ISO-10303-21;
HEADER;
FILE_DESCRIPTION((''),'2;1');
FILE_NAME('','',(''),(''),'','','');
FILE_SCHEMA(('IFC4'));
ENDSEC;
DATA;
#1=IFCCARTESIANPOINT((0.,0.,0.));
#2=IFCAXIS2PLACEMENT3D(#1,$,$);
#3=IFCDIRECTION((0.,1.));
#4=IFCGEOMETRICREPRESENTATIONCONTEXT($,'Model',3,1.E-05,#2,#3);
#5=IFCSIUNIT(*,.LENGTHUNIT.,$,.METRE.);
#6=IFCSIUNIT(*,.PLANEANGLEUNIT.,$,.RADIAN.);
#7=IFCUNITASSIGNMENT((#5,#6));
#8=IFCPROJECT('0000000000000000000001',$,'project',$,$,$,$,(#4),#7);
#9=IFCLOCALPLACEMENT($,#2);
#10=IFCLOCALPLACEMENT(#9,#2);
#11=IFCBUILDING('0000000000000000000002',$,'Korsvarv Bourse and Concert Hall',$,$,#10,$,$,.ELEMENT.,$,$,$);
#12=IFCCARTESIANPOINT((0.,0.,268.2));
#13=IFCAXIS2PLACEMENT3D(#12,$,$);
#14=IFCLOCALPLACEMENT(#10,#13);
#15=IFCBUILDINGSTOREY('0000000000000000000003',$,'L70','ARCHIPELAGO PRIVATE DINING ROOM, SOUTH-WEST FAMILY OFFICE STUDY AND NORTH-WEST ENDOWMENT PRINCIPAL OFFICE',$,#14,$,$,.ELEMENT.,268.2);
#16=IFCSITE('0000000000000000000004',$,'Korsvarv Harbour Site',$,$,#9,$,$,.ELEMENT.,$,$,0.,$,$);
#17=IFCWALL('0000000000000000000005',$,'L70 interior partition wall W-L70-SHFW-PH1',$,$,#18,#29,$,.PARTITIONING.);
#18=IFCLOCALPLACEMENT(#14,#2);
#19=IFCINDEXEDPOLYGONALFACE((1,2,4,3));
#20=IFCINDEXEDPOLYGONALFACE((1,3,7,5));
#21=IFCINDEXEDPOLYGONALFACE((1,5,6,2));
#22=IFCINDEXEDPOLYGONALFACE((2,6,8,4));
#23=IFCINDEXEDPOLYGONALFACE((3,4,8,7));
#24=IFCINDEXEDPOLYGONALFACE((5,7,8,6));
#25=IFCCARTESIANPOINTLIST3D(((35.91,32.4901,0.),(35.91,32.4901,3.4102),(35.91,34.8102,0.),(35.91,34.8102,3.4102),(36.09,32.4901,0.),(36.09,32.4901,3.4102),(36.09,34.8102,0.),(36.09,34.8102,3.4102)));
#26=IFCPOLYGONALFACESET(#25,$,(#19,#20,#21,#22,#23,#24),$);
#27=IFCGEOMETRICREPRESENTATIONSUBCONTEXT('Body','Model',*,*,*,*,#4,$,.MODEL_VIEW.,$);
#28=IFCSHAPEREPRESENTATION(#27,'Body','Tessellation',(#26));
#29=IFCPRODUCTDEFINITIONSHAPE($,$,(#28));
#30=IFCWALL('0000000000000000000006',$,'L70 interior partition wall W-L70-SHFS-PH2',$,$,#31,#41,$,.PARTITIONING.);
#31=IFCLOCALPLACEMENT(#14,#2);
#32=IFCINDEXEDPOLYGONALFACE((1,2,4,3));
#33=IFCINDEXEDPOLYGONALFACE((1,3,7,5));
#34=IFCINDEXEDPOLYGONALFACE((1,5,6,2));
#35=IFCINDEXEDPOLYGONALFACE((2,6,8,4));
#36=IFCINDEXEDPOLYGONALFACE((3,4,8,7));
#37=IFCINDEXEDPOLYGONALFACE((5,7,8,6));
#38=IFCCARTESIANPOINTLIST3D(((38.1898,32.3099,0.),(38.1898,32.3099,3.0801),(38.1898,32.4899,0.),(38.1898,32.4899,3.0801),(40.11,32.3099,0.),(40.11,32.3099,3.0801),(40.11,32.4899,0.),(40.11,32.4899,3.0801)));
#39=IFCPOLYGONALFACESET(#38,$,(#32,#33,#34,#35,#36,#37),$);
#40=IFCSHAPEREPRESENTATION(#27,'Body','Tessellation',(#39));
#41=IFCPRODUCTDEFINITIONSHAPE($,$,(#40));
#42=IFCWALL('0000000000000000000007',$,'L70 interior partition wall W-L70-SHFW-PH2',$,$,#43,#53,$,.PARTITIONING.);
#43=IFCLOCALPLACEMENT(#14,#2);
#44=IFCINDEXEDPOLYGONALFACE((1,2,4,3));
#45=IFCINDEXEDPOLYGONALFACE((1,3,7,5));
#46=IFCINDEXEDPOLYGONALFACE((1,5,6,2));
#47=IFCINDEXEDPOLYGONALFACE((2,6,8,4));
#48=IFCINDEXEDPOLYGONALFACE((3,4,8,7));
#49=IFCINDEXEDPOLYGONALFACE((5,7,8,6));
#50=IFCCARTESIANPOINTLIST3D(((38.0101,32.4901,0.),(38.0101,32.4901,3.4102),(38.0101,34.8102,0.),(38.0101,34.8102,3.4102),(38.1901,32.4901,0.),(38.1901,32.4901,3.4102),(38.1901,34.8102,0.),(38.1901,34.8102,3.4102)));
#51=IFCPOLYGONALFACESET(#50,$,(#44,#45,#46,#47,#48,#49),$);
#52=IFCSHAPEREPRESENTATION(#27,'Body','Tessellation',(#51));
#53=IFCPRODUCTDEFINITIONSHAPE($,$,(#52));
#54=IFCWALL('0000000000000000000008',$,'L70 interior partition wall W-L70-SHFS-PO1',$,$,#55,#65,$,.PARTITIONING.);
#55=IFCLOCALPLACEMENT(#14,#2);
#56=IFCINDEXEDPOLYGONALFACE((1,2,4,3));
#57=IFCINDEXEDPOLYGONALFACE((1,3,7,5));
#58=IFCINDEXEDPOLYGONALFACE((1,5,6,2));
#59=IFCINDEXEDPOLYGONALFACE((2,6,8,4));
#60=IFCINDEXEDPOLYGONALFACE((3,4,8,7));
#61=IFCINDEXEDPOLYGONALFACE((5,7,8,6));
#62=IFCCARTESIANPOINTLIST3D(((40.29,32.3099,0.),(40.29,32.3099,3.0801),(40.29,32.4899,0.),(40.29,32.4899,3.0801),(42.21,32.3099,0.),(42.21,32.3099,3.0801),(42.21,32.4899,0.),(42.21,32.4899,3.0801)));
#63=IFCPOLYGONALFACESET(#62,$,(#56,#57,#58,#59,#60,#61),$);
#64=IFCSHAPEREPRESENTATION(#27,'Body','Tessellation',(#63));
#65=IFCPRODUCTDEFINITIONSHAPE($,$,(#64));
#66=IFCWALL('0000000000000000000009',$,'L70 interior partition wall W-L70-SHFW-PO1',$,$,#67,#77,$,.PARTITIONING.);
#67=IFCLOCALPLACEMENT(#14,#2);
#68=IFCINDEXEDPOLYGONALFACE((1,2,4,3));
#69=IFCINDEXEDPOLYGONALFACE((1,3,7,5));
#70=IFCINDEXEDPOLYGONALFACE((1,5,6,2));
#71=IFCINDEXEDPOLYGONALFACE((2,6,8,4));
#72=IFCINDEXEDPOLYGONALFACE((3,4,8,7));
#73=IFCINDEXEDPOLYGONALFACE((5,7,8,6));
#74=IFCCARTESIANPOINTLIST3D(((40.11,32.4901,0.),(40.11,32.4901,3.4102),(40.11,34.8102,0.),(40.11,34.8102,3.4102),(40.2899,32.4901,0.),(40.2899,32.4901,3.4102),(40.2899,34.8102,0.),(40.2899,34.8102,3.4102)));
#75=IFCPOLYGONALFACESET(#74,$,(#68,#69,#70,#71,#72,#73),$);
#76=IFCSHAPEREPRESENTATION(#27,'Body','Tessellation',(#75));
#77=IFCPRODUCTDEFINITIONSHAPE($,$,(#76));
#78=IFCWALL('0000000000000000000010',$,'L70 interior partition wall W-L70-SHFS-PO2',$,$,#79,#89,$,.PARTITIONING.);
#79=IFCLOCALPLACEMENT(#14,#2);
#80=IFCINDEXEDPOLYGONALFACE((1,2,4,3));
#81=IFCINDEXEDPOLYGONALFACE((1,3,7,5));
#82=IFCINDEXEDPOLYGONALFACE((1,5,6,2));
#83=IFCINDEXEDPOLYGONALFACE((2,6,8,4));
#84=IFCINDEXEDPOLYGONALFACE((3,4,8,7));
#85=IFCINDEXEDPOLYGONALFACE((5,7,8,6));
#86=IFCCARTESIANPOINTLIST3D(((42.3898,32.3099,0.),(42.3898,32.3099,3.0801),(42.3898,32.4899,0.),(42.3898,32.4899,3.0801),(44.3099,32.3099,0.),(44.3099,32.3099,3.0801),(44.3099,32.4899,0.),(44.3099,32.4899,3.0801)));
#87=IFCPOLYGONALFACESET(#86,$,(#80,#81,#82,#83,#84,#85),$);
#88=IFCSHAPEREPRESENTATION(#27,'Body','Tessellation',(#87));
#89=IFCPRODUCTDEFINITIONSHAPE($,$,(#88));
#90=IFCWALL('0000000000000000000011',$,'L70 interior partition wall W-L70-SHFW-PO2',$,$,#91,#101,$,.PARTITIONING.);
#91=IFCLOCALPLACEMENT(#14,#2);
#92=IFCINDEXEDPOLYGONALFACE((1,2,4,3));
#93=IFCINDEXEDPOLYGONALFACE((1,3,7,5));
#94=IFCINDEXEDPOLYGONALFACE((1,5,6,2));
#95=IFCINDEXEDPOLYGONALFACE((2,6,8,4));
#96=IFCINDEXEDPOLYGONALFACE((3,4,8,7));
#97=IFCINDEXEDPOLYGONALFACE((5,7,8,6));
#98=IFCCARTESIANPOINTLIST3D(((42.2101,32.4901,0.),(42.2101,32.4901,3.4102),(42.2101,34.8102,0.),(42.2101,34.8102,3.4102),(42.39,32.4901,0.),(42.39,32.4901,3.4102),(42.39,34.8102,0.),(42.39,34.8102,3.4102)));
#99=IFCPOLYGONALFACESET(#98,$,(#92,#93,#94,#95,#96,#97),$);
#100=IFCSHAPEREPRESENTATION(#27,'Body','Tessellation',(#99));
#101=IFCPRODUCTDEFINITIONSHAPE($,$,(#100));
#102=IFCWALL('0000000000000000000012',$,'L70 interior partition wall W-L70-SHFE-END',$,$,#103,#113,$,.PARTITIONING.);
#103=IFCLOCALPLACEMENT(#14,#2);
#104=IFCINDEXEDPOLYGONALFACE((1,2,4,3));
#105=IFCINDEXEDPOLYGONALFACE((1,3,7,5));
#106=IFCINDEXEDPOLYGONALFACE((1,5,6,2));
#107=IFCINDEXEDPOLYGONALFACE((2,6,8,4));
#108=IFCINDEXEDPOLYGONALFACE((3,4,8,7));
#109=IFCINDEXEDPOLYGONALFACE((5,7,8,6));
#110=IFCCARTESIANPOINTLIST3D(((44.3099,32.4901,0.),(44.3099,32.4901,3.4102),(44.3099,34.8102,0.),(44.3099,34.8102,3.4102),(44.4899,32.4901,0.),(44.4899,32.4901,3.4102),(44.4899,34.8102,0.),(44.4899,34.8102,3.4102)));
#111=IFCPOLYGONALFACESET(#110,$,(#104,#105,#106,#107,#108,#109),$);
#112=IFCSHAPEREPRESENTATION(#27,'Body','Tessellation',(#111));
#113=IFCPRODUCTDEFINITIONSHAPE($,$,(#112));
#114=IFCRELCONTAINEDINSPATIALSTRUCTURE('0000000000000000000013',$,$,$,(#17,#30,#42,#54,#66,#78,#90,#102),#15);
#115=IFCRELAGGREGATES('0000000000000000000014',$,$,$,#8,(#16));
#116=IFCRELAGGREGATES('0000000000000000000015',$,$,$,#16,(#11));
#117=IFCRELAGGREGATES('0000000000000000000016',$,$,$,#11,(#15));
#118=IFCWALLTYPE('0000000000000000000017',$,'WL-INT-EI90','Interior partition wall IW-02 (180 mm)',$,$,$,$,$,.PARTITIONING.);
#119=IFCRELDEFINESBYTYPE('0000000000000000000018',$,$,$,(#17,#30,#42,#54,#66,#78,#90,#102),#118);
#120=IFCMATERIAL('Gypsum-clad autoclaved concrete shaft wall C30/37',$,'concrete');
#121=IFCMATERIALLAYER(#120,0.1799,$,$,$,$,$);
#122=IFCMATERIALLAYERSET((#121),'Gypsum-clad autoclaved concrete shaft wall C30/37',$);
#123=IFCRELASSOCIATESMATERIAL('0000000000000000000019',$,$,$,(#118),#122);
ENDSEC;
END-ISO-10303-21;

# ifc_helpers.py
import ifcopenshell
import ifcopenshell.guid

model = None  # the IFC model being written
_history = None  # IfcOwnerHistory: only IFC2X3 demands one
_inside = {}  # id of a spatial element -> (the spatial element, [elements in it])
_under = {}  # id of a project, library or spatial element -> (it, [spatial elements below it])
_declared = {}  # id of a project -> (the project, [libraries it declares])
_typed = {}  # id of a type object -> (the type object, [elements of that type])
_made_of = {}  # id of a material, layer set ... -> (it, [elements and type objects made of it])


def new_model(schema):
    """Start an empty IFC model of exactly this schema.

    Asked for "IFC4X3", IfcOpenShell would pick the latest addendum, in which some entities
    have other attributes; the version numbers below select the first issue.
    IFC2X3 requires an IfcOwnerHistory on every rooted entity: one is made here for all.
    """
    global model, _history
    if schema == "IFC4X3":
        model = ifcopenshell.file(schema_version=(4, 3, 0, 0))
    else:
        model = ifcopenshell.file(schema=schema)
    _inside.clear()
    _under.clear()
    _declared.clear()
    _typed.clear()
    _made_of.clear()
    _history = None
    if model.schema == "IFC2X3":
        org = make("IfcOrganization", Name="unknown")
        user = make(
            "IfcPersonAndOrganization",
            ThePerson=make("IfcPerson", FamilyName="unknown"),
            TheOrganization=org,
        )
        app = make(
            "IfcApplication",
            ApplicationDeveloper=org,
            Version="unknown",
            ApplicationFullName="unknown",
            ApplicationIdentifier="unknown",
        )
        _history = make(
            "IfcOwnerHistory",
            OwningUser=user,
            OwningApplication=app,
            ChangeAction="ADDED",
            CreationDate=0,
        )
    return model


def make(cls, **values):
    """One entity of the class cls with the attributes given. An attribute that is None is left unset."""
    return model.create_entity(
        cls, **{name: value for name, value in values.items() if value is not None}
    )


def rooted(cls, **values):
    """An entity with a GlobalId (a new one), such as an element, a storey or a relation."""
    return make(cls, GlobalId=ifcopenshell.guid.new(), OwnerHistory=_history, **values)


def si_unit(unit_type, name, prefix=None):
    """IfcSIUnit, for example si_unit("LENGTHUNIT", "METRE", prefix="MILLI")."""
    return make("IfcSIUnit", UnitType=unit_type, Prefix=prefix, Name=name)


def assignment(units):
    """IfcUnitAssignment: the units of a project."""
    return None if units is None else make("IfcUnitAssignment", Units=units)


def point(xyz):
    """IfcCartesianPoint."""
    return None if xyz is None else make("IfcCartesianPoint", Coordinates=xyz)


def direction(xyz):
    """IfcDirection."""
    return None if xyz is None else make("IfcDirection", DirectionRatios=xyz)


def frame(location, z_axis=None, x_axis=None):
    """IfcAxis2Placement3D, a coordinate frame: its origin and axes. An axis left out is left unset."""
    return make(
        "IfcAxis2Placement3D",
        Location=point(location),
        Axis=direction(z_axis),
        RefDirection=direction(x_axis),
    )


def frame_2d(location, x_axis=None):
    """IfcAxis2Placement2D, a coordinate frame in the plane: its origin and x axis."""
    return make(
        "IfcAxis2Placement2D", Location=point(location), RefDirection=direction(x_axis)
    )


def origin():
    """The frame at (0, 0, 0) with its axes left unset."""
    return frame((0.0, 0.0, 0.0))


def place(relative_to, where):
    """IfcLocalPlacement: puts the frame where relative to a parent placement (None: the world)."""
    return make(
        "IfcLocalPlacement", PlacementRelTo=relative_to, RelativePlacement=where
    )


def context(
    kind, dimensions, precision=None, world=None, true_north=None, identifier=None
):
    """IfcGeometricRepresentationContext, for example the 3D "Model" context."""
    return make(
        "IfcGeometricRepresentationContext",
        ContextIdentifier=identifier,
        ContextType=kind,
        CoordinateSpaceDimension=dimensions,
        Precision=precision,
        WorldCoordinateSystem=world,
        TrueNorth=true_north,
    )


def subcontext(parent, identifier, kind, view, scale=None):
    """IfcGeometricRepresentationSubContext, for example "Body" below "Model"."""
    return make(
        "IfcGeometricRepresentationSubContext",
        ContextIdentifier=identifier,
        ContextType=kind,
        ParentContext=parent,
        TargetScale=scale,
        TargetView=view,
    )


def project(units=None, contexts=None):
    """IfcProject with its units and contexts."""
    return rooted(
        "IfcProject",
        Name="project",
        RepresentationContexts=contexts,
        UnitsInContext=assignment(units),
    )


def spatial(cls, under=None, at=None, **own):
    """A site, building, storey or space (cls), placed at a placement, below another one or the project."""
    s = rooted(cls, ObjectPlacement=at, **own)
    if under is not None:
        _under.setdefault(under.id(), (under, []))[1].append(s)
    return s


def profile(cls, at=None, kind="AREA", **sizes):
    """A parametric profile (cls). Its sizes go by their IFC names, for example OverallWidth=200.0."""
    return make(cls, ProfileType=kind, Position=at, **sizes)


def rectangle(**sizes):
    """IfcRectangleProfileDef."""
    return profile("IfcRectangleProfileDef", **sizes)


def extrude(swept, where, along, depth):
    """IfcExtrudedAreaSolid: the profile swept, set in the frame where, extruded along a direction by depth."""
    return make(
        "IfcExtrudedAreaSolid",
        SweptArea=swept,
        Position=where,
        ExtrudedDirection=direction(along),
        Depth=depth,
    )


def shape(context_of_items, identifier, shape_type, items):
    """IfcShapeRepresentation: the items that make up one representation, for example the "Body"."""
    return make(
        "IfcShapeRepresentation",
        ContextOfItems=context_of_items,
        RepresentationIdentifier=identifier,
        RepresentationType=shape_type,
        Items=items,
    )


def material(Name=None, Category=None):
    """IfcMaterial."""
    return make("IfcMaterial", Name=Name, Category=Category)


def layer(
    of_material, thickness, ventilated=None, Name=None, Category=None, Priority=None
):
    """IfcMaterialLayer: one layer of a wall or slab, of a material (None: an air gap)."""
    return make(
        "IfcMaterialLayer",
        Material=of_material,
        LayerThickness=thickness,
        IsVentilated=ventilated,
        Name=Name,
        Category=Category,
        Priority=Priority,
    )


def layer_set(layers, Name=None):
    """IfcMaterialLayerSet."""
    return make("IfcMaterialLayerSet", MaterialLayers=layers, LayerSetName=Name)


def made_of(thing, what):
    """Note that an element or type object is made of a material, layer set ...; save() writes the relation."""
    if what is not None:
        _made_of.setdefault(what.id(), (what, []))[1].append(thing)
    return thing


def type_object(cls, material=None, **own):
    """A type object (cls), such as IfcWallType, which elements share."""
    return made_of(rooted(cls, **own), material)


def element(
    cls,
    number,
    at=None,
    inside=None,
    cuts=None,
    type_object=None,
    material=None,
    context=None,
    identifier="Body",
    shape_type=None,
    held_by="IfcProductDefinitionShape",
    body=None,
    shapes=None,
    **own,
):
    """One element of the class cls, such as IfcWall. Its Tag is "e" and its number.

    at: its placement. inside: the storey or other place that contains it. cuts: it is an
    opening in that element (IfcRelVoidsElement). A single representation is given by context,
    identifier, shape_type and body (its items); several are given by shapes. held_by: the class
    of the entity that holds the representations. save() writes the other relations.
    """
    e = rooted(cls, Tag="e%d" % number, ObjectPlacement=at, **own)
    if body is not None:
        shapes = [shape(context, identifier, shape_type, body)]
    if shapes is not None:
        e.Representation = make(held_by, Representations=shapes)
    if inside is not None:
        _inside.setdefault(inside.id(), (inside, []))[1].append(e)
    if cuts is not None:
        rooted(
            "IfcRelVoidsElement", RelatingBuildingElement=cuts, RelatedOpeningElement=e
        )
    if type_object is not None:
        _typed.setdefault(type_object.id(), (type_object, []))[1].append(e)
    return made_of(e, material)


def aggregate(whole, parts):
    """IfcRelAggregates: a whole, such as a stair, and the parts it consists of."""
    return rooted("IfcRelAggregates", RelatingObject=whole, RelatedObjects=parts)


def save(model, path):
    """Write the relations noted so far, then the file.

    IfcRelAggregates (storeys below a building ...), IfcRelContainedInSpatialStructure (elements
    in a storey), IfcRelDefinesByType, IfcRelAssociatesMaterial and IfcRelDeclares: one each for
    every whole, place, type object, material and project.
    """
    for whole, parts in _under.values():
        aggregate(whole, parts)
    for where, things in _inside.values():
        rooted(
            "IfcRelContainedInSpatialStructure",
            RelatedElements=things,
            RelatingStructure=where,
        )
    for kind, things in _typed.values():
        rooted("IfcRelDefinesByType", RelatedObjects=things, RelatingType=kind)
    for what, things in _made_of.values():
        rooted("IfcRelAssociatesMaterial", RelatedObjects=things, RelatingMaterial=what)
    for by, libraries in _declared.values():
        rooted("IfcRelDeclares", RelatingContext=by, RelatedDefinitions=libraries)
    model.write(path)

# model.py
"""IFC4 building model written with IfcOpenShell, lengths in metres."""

from ifc_helpers import new_model, si_unit, direction, frame, frame_2d, origin, place, context, subcontext, project, spatial, rectangle, extrude, material, layer, layer_set, type_object, element, save


model = new_model("IFC4")

# Units and contexts
model_context = context("Model", 3, precision=1e-05, world=origin(), true_north=direction((0.0, 1.0)))
body_context = subcontext(model_context, "Body", "Model", "MODEL_VIEW")
ifc_project = project(units=[si_unit("LENGTHUNIT", "METRE"), si_unit("PLANEANGLEUNIT", "RADIAN")], contexts=[model_context])

# Site, building, storey
site_placement = place(None, origin())
site = spatial("IfcSite", under=ifc_project, at=site_placement, Name="Korsvarv Harbour Site", CompositionType="ELEMENT", RefElevation=0.0)
building_placement = place(site_placement, origin())
building = spatial("IfcBuilding", under=site, at=building_placement, Name="Korsvarv Bourse and Concert Hall", CompositionType="ELEMENT")
storey_placement = place(building_placement, frame((0.0, 0.0, 268.2)))
storey = spatial("IfcBuildingStorey", under=building, at=storey_placement, Name="L70", Description="ARCHIPELAGO PRIVATE DINING ROOM, SOUTH-WEST FAMILY OFFICE STUDY AND NORTH-WEST ENDOWMENT PRINCIPAL OFFICE", CompositionType="ELEMENT", Elevation=268.2)

# Walls
ifc_material_1 = material(Name="Gypsum-clad autoclaved concrete shaft wall C30/37", Category="concrete")
ifc_layer_1 = layer(ifc_material_1, 0.1799)
ifc_layer_set_1 = layer_set([ifc_layer_1], Name="Gypsum-clad autoclaved concrete shaft wall C30/37")
wall_type_1 = type_object("IfcWallType", Name="WL-INT-EI90", Description="Interior partition wall IW-02 (180 mm)", PredefinedType="PARTITIONING", material=ifc_layer_set_1)
wall_1_placement = place(storey_placement, frame((36.0, 32.49, 0.0), z_axis=(0.0, 0.0, 1.0), x_axis=(0.0, 1.0, 0.0)))
element("IfcWall", 1, at=wall_1_placement, inside=storey, type_object=wall_type_1, Name="L70 interior partition wall W-L70-SHFW-PH1", PredefinedType="PARTITIONING", context=body_context, shape_type="SweptSolid", body=[
    extrude(rectangle(XDim=2.3201, YDim=0.1799, at=frame_2d((1.1602, 0.0))), origin(), (0.0, 0.0, 1.0), 3.4102),
])
wall_2_placement = place(storey_placement, frame((38.1899, 32.3999, 0.0), z_axis=(0.0, 0.0, 1.0), x_axis=(1.0, 0.0, 0.0)))
element("IfcWall", 2, at=wall_2_placement, inside=storey, type_object=wall_type_1, Name="L70 interior partition wall W-L70-SHFS-PH2", PredefinedType="PARTITIONING", context=body_context, shape_type="SweptSolid", body=[
    extrude(rectangle(XDim=1.9202, YDim=0.1799, at=frame_2d((0.96, 0.0))), origin(), (0.0, 0.0, 1.0), 3.0801),
])
wall_3_placement = place(storey_placement, frame((38.1001, 32.49, 0.0), z_axis=(0.0, 0.0, 1.0), x_axis=(0.0, 1.0, 0.0)))
element("IfcWall", 3, at=wall_3_placement, inside=storey, type_object=wall_type_1, Name="L70 interior partition wall W-L70-SHFW-PH2", PredefinedType="PARTITIONING", context=body_context, shape_type="SweptSolid", body=[
    extrude(rectangle(XDim=2.3201, YDim=0.1799, at=frame_2d((1.1602, 0.0))), origin(), (0.0, 0.0, 1.0), 3.4102),
])
wall_4_placement = place(storey_placement, frame((40.29, 32.3999, 0.0), z_axis=(0.0, 0.0, 1.0), x_axis=(1.0, 0.0, 0.0)))
element("IfcWall", 4, at=wall_4_placement, inside=storey, type_object=wall_type_1, Name="L70 interior partition wall W-L70-SHFS-PO1", PredefinedType="PARTITIONING", context=body_context, shape_type="SweptSolid", body=[
    extrude(rectangle(XDim=1.9199, YDim=0.1799, at=frame_2d((0.96, 0.0))), origin(), (0.0, 0.0, 1.0), 3.0801),
])
wall_5_placement = place(storey_placement, frame((40.2, 32.49, 0.0), z_axis=(0.0, 0.0, 1.0), x_axis=(0.0, 1.0, 0.0)))
element("IfcWall", 5, at=wall_5_placement, inside=storey, type_object=wall_type_1, Name="L70 interior partition wall W-L70-SHFW-PO1", PredefinedType="PARTITIONING", context=body_context, shape_type="SweptSolid", body=[
    extrude(rectangle(XDim=2.3201, YDim=0.1799, at=frame_2d((1.1602, 0.0))), origin(), (0.0, 0.0, 1.0), 3.4102),
])
wall_6_placement = place(storey_placement, frame((42.3899, 32.3999, 0.0), z_axis=(0.0, 0.0, 1.0), x_axis=(1.0, 0.0, 0.0)))
element("IfcWall", 6, at=wall_6_placement, inside=storey, type_object=wall_type_1, Name="L70 interior partition wall W-L70-SHFS-PO2", PredefinedType="PARTITIONING", context=body_context, shape_type="SweptSolid", body=[
    extrude(rectangle(XDim=1.9202, YDim=0.1799, at=frame_2d((0.96, 0.0))), origin(), (0.0, 0.0, 1.0), 3.0801),
])
for number, where, z_axis, x_axis, name in (
    (7, (42.3, 32.49, 0.0), (0.0, 0.0, 1.0), (0.0, 1.0, 0.0), "L70 interior partition wall W-L70-SHFW-PO2"),
    (8, (44.3999, 32.49, 0.0), (0.0, 0.0, 1.0), (0.0, 1.0, 0.0), "L70 interior partition wall W-L70-SHFE-END"),
):
    element("IfcWall", number, at=place(storey_placement, frame(where, z_axis=z_axis, x_axis=x_axis)), inside=storey, type_object=wall_type_1, Name=name, PredefinedType="PARTITIONING", context=body_context, shape_type="SweptSolid", body=[
        extrude(rectangle(XDim=2.3201, YDim=0.1799, at=frame_2d((1.1602, 0.0))), origin(), (0.0, 0.0, 1.0), 3.4102),
    ])

save(model, "model.ifc")
